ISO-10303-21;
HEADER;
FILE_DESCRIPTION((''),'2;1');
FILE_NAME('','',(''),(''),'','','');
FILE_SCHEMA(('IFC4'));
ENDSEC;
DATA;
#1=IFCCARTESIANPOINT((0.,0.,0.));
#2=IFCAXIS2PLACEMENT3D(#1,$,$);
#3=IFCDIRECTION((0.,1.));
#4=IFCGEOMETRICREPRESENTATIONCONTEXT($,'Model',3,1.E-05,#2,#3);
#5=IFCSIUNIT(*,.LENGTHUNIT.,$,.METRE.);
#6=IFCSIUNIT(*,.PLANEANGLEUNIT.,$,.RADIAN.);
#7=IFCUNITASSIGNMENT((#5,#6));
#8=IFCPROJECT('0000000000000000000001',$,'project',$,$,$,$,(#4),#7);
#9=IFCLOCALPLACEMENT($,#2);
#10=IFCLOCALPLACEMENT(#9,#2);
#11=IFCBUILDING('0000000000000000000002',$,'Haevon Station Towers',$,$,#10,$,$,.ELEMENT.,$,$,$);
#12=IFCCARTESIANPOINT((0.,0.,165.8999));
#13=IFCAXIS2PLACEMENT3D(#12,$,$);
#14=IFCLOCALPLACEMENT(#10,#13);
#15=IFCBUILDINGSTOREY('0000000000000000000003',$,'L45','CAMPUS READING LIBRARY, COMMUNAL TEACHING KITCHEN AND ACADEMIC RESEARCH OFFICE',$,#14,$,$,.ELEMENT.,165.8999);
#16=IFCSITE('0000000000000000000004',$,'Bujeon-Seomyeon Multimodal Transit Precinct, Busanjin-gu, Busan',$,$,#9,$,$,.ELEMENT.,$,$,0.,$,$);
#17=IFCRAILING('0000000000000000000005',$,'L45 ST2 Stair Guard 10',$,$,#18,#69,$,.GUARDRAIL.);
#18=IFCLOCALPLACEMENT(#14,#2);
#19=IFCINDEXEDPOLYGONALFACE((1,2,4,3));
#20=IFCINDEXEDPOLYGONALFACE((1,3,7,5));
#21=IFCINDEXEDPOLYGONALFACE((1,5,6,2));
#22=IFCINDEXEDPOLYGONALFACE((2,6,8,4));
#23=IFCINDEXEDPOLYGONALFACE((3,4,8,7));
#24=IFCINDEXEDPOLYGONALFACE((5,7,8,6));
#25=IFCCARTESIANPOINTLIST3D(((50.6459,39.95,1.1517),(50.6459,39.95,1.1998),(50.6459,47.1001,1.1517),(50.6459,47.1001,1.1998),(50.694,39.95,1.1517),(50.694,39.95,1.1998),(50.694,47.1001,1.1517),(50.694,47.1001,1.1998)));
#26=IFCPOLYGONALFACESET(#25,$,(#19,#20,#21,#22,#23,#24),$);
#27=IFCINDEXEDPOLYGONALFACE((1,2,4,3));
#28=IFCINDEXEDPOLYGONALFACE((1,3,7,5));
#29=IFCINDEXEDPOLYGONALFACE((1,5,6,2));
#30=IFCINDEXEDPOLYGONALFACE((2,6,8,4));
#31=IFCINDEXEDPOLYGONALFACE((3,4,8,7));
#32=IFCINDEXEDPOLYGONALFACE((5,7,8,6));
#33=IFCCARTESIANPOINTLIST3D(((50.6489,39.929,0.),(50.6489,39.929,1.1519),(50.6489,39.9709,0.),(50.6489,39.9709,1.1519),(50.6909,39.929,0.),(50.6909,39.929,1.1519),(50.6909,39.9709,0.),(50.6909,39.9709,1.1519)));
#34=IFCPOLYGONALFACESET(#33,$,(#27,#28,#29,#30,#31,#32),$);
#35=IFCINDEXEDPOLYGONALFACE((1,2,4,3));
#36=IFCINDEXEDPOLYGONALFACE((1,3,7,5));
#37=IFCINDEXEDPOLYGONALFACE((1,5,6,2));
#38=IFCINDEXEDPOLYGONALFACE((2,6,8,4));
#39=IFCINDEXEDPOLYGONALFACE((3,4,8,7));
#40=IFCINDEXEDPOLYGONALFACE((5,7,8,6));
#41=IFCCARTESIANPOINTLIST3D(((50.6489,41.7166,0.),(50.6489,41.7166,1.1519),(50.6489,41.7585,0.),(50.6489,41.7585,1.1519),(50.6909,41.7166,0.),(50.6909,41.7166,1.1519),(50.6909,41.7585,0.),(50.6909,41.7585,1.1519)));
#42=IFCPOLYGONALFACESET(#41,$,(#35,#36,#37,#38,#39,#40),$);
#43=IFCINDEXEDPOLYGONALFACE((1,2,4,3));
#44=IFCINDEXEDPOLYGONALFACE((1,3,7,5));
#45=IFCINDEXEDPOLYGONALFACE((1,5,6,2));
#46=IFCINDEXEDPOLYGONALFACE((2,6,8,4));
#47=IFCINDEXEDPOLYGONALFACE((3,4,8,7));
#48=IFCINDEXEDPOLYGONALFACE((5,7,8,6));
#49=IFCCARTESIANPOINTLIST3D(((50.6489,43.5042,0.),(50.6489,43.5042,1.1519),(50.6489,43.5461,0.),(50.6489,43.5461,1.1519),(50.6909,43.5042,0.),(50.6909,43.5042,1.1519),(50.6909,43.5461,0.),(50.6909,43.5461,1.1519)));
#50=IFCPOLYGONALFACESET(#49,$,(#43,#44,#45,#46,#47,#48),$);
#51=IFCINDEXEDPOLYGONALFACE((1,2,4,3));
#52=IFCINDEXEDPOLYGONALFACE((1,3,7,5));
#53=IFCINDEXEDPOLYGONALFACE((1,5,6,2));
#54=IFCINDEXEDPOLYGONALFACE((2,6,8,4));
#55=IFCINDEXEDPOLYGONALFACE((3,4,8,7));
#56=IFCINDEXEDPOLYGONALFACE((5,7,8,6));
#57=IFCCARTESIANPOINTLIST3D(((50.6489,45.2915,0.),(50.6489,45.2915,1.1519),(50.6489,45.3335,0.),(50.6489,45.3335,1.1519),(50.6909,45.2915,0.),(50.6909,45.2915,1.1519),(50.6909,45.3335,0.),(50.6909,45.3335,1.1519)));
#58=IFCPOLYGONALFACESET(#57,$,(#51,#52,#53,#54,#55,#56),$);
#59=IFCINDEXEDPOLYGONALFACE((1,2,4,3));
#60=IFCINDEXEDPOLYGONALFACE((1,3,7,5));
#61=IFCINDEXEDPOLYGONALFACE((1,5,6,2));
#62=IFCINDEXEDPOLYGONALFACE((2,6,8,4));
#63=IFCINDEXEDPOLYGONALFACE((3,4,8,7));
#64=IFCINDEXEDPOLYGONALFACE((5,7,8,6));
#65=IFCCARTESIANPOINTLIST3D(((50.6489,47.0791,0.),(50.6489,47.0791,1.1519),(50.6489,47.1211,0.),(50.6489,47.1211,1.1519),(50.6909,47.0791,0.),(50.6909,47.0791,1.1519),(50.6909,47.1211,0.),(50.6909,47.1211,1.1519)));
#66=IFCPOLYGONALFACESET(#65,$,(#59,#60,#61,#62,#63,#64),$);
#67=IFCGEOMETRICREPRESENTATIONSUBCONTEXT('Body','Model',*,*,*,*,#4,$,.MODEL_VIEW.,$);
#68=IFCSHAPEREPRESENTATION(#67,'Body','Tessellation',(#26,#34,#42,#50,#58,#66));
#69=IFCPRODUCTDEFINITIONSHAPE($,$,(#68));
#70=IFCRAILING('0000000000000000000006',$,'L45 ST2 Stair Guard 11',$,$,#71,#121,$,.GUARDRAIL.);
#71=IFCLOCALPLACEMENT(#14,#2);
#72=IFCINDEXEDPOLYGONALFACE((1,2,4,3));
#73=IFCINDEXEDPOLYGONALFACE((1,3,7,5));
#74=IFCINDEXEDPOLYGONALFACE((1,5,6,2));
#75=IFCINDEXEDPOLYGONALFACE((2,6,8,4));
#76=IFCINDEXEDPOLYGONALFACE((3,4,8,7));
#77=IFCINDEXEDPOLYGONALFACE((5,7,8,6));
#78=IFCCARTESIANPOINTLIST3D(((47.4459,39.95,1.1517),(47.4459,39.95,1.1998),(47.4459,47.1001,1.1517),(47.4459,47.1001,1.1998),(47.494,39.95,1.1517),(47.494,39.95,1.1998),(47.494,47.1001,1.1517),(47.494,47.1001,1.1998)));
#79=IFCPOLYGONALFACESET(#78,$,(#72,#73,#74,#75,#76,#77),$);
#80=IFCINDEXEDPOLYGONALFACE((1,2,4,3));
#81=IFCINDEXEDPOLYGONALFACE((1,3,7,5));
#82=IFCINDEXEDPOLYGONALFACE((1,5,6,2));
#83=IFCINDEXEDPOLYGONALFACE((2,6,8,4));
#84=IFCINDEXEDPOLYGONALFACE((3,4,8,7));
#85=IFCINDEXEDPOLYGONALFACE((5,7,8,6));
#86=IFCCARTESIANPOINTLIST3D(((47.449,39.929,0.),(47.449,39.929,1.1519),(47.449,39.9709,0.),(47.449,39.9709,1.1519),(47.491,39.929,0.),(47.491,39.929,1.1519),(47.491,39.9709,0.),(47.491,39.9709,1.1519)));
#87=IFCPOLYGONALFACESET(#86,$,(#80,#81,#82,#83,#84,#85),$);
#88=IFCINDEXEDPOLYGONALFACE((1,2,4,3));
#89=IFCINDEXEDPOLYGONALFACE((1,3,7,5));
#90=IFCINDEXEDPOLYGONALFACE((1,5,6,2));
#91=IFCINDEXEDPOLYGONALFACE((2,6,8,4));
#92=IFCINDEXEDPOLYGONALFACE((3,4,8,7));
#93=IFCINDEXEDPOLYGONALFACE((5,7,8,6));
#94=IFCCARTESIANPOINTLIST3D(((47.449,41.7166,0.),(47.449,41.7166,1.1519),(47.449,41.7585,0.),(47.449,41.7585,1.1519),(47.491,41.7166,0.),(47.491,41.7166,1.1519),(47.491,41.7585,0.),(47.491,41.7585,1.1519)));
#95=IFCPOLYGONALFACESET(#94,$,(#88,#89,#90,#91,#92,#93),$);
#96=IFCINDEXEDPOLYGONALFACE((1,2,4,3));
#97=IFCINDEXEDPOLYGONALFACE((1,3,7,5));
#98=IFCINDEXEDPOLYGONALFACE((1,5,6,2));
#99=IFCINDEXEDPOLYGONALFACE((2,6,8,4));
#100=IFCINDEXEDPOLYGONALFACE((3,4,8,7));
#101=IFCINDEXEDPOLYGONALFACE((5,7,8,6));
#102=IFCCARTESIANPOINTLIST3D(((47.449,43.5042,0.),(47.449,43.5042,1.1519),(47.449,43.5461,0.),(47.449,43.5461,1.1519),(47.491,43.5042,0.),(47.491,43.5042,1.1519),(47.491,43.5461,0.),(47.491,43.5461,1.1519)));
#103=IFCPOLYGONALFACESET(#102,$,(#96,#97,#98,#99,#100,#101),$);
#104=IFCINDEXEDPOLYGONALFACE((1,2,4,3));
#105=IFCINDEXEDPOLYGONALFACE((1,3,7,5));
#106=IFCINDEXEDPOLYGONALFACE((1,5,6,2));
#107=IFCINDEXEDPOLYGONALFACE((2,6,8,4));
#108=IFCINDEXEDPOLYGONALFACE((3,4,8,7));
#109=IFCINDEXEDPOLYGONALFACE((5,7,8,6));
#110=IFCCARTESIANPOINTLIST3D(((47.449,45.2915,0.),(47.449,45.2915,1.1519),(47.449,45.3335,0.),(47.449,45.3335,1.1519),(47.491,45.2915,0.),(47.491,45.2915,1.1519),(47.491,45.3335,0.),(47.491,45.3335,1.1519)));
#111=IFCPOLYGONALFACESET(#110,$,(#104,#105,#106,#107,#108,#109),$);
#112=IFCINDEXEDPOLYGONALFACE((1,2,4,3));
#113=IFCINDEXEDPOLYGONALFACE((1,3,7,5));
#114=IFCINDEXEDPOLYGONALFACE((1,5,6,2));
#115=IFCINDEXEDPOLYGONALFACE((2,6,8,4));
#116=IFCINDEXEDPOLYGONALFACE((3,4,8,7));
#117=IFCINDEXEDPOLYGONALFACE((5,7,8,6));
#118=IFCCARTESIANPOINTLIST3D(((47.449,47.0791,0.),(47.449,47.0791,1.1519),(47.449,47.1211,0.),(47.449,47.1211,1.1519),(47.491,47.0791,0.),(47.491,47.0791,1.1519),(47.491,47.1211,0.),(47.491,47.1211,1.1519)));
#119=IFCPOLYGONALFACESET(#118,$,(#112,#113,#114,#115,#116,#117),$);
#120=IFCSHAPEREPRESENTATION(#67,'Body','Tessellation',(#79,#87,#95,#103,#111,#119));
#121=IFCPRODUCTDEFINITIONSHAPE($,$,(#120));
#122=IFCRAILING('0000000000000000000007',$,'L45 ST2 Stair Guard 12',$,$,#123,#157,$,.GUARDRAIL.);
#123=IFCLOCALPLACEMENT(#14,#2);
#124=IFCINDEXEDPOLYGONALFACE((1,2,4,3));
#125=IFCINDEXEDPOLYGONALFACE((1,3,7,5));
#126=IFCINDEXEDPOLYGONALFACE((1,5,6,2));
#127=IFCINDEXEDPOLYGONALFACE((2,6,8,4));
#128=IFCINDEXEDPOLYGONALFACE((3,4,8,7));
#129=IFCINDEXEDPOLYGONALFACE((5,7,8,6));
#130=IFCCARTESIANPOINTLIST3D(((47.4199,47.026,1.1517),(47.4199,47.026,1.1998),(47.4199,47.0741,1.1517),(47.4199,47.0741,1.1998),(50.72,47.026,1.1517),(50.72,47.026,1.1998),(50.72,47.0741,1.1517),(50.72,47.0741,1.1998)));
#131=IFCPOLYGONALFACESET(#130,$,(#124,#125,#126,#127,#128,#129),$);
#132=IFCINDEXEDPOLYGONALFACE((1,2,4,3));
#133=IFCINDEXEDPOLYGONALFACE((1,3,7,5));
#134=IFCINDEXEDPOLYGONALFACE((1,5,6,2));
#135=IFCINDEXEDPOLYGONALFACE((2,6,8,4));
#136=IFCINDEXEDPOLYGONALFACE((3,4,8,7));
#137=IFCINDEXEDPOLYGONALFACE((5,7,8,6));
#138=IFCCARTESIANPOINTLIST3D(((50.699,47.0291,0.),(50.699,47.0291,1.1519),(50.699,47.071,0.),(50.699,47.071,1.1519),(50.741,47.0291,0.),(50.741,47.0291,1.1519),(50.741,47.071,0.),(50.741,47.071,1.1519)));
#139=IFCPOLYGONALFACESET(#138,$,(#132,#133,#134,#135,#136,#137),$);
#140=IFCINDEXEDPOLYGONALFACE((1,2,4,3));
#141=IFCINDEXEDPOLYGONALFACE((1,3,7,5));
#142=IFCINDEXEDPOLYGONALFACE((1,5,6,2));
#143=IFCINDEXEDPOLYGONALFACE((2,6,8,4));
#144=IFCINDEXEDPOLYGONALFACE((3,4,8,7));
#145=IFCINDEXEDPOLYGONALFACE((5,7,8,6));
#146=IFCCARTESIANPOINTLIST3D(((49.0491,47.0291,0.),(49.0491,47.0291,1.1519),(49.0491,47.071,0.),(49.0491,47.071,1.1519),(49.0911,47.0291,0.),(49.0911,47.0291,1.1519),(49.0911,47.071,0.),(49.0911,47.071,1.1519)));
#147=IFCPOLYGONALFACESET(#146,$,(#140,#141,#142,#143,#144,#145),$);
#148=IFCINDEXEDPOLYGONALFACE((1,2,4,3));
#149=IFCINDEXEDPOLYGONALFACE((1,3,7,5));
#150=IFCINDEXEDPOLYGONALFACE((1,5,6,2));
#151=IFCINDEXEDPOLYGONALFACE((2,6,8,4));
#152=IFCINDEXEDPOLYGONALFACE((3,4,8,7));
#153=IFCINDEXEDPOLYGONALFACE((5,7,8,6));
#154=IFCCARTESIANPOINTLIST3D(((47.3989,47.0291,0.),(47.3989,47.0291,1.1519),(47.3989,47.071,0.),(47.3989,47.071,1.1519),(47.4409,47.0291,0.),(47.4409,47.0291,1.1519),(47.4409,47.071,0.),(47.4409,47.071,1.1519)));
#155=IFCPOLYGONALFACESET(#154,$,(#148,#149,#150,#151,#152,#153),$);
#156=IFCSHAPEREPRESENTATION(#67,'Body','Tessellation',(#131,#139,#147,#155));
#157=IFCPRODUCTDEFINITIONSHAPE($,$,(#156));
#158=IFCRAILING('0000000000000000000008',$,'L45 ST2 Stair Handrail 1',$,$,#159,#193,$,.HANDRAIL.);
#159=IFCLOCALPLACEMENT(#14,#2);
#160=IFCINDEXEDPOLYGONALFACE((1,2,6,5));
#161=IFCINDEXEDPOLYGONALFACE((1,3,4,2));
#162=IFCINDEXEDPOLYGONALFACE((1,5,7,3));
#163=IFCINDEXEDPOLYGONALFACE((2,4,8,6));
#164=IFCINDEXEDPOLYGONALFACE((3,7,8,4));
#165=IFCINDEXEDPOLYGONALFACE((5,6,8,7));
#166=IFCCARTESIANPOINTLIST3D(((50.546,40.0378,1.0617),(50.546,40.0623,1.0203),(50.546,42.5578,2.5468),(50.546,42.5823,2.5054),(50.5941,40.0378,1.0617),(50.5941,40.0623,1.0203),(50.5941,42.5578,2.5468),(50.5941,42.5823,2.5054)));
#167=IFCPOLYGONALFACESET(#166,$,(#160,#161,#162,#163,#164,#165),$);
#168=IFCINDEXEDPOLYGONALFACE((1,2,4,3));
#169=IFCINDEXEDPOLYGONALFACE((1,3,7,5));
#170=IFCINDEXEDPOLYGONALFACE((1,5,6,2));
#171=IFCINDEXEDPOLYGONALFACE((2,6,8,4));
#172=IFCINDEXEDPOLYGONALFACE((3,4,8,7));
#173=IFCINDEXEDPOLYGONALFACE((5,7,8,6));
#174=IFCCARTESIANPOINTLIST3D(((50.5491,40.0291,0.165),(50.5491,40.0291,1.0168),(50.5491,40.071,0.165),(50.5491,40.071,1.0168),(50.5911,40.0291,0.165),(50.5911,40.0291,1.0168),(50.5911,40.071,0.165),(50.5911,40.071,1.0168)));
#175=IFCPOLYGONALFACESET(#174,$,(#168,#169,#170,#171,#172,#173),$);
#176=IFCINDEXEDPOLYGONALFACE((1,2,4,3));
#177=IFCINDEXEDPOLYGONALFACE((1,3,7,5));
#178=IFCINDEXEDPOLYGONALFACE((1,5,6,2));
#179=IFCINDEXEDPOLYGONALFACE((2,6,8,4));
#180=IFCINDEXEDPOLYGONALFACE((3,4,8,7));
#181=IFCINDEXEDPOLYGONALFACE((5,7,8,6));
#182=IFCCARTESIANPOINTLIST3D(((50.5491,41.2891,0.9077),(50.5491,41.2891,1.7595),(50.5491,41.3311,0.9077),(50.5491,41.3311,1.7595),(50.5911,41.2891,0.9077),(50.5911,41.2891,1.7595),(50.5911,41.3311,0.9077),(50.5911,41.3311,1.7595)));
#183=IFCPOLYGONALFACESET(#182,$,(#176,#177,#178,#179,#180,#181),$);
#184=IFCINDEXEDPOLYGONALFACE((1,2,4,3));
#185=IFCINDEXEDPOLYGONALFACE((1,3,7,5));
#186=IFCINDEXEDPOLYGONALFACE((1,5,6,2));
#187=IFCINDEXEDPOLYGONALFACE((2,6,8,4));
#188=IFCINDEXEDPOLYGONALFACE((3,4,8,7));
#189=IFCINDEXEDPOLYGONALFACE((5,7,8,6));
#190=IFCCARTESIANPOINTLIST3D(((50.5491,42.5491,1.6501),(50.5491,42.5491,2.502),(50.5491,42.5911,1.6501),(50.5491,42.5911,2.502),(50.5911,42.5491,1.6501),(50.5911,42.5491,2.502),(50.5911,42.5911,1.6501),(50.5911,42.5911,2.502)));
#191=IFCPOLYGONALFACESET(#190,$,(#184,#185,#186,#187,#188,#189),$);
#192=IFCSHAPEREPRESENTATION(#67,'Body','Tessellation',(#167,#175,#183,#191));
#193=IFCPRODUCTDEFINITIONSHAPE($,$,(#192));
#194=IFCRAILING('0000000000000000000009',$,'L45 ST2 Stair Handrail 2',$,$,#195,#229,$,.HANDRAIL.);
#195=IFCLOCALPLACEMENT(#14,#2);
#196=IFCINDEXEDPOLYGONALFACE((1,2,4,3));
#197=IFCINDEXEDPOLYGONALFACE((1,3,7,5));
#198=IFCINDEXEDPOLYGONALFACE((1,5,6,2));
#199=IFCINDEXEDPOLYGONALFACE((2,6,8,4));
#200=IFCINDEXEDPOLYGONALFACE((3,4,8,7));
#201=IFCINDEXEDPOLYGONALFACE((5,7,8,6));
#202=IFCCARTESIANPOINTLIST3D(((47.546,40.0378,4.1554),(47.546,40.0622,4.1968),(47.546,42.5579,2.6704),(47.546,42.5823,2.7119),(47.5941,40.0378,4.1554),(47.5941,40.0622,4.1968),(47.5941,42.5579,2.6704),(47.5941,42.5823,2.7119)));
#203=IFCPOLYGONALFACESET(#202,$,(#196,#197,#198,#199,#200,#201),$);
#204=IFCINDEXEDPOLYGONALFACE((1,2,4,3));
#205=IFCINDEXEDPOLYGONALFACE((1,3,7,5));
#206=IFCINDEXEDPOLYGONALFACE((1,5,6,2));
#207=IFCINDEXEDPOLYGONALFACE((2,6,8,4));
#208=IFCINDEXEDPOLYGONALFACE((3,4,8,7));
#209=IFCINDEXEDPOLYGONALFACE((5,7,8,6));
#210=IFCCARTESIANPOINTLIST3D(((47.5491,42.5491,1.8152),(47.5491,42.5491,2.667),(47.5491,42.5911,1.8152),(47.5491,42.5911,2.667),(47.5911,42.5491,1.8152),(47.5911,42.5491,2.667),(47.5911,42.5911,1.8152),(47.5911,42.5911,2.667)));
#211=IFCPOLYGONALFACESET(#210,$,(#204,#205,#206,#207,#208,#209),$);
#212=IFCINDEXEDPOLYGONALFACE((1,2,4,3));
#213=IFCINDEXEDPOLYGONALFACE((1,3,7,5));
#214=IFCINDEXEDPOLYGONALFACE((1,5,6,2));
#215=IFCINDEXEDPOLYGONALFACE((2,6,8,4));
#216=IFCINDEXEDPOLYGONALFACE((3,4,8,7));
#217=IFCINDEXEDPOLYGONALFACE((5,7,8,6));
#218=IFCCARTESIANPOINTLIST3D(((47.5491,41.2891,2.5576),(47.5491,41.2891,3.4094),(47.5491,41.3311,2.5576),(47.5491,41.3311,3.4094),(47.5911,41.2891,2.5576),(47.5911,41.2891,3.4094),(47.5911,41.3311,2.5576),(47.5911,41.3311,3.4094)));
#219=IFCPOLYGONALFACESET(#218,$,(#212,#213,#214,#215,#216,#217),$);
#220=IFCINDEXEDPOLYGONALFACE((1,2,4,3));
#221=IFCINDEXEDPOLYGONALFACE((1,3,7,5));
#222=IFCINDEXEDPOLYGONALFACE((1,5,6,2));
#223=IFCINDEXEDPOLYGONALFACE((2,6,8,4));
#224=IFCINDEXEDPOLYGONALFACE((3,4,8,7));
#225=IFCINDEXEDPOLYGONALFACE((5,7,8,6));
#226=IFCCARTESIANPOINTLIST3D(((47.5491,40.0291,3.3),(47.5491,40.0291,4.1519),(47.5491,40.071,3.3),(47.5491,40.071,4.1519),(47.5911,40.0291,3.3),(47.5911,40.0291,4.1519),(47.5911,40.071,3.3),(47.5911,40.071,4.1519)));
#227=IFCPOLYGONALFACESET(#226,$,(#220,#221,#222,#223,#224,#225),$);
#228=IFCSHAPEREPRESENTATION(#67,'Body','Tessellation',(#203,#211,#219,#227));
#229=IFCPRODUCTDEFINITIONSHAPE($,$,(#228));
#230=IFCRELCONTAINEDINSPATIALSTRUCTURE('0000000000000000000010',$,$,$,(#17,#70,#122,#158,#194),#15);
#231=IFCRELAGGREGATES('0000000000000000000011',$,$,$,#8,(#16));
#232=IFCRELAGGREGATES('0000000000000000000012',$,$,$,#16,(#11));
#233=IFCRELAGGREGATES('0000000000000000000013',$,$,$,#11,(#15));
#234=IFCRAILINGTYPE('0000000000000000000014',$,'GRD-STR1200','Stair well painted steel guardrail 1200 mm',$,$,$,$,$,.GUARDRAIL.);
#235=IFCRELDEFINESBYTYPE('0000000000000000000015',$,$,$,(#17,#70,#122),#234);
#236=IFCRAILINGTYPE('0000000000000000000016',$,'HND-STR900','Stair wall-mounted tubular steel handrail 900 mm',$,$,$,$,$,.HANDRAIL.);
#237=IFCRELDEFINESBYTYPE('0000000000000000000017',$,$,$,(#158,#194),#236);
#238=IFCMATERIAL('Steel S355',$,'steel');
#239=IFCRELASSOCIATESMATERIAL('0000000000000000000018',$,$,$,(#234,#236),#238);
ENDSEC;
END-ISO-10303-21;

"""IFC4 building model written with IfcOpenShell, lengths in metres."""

from ifc_helpers import new_model, si_unit, direction, frame, origin, origin_2d, place, context, subcontext, project, spatial, rectangle, extrude, material, type_object, element, save


model = new_model("IFC4")

# Units and contexts
model_context = context("Model", 3, precision=1e-05, world=origin(), true_north=direction((0.0, 1.0)))
body_context = subcontext(model_context, "Body", "Model", "MODEL_VIEW")
ifc_project = project(units=[si_unit("LENGTHUNIT", "METRE"), si_unit("PLANEANGLEUNIT", "RADIAN")], contexts=[model_context])

# Site, building, storey
site_placement = place(None, origin())
site = spatial("IfcSite", under=ifc_project, at=site_placement, Name="Bujeon-Seomyeon Multimodal Transit Precinct, Busanjin-gu, Busan", CompositionType="ELEMENT", RefElevation=0.0)
building_placement = place(site_placement, origin())
building = spatial("IfcBuilding", under=site, at=building_placement, Name="Haevon Station Towers", CompositionType="ELEMENT")
storey_placement = place(building_placement, frame((0.0, 0.0, 165.8999)))
storey = spatial("IfcBuildingStorey", under=building, at=storey_placement, Name="L45", Description="CAMPUS READING LIBRARY, COMMUNAL TEACHING KITCHEN AND ACADEMIC RESEARCH OFFICE", CompositionType="ELEMENT", Elevation=165.8999)

# Shared definitions
ifc_material_1 = material(Name="Steel S355", Category="steel")

# Railings
railing_type_1 = type_object("IfcRailingType", Name="GRD-STR1200", Description="Stair well painted steel guardrail 1200 mm", PredefinedType="GUARDRAIL", material=ifc_material_1)
for number, where, name in (
    (1, (50.6699, 39.95, 0.0), "L45 ST2 Stair Guard 10"),
    (2, (47.47, 39.95, 0.0), "L45 ST2 Stair Guard 11"),
):
    element("IfcRailing", number, at=place(storey_placement, frame(where)), inside=storey, type_object=railing_type_1, Name=name, PredefinedType="GUARDRAIL", context=body_context, shape_type="SweptSolid", body=[
        extrude(rectangle(XDim=0.0481, YDim=0.0481, at=origin_2d()), frame((0.0, 0.0, 1.1758), z_axis=(0.0, 1.0, 0.0), x_axis=(-1.0, 0.0, 0.0)), (0.0, 0.0, 1.0), 7.1501),
        extrude(rectangle(XDim=0.042, YDim=0.042, at=origin_2d()), origin(), (0.0, 0.0, 1.0), 1.1519),
        extrude(rectangle(XDim=0.042, YDim=0.042, at=origin_2d()), frame((0.0, 1.7876, 0.0)), (0.0, 0.0, 1.0), 1.1519),
        extrude(rectangle(XDim=0.042, YDim=0.042, at=origin_2d()), frame((0.0, 3.5752, 0.0)), (0.0, 0.0, 1.0), 1.1519),
        extrude(rectangle(XDim=0.042, YDim=0.042, at=origin_2d()), frame((0.0, 5.3625, 0.0)), (0.0, 0.0, 1.0), 1.1519),
        extrude(rectangle(XDim=0.042, YDim=0.042, at=origin_2d()), frame((0.0, 7.1501, 0.0)), (0.0, 0.0, 1.0), 1.1519),
    ])
railing_1_placement = place(storey_placement, frame((50.72, 47.05, 0.0)))
element("IfcRailing", 3, at=railing_1_placement, inside=storey, type_object=railing_type_1, Name="L45 ST2 Stair Guard 12", PredefinedType="GUARDRAIL", context=body_context, shape_type="SweptSolid", body=[
    extrude(rectangle(XDim=0.0481, YDim=0.0481, at=origin_2d()), frame((0.0, 0.0, 1.1758), z_axis=(-1.0, 0.0, 0.0), x_axis=(0.0, -1.0, 0.0)), (0.0, 0.0, 1.0), 3.3),
    extrude(rectangle(XDim=0.042, YDim=0.042, at=origin_2d()), origin(), (0.0, 0.0, 1.0), 1.1519),
    extrude(rectangle(XDim=0.042, YDim=0.042, at=origin_2d()), frame((-1.6499, 0.0, 0.0)), (0.0, 0.0, 1.0), 1.1519),
    extrude(rectangle(XDim=0.042, YDim=0.042, at=origin_2d()), frame((-3.3, 0.0, 0.0)), (0.0, 0.0, 1.0), 1.1519),
])
railing_type_2 = type_object("IfcRailingType", Name="HND-STR900", Description="Stair wall-mounted tubular steel handrail 900 mm", PredefinedType="HANDRAIL", material=ifc_material_1)
railing_2_placement = place(storey_placement, frame((50.5701, 40.05, 0.165)))
element("IfcRailing", 4, at=railing_2_placement, inside=storey, type_object=railing_type_2, Name="L45 ST2 Stair Handrail 1", PredefinedType="HANDRAIL", context=body_context, shape_type="SweptSolid", body=[
    extrude(rectangle(XDim=0.0481, YDim=0.0481, at=origin_2d()), frame((0.0, 0.0, 0.876), z_axis=(0.0, 0.861524, 0.507717), x_axis=(-1.0, 0.0, 0.0)), (0.0, 0.0, 1.0), 2.925),
    extrude(rectangle(XDim=0.042, YDim=0.042, at=origin_2d()), origin(), (0.0, 0.0, 1.0), 0.8518),
    extrude(rectangle(XDim=0.042, YDim=0.042, at=origin_2d()), frame((0.0, 1.26, 0.7427)), (0.0, 0.0, 1.0), 0.8518),
    extrude(rectangle(XDim=0.042, YDim=0.042, at=origin_2d()), frame((0.0, 2.52, 1.4851)), (0.0, 0.0, 1.0), 0.8518),
])
railing_3_placement = place(storey_placement, frame((47.5701, 42.5701, 1.8152)))
element("IfcRailing", 5, at=railing_3_placement, inside=storey, type_object=railing_type_2, Name="L45 ST2 Stair Handrail 2", PredefinedType="HANDRAIL", context=body_context, shape_type="SweptSolid", body=[
    extrude(rectangle(XDim=0.0481, YDim=0.0481, at=origin_2d()), frame((0.0, 0.0, 0.876), z_axis=(0.0, -0.861561, 0.507655), x_axis=(1.0, 0.0, 0.0)), (0.0, 0.0, 1.0), 2.925),
    extrude(rectangle(XDim=0.042, YDim=0.042, at=origin_2d()), origin(), (0.0, 0.0, 1.0), 0.8518),
    extrude(rectangle(XDim=0.042, YDim=0.042, at=origin_2d()), frame((0.0, -1.26, 0.7424)), (0.0, 0.0, 1.0), 0.8518),
    extrude(rectangle(XDim=0.042, YDim=0.042, at=origin_2d()), frame((0.0, -2.52, 1.4849)), (0.0, 0.0, 1.0), 0.8518),
])

save(model, "model.ifc")
